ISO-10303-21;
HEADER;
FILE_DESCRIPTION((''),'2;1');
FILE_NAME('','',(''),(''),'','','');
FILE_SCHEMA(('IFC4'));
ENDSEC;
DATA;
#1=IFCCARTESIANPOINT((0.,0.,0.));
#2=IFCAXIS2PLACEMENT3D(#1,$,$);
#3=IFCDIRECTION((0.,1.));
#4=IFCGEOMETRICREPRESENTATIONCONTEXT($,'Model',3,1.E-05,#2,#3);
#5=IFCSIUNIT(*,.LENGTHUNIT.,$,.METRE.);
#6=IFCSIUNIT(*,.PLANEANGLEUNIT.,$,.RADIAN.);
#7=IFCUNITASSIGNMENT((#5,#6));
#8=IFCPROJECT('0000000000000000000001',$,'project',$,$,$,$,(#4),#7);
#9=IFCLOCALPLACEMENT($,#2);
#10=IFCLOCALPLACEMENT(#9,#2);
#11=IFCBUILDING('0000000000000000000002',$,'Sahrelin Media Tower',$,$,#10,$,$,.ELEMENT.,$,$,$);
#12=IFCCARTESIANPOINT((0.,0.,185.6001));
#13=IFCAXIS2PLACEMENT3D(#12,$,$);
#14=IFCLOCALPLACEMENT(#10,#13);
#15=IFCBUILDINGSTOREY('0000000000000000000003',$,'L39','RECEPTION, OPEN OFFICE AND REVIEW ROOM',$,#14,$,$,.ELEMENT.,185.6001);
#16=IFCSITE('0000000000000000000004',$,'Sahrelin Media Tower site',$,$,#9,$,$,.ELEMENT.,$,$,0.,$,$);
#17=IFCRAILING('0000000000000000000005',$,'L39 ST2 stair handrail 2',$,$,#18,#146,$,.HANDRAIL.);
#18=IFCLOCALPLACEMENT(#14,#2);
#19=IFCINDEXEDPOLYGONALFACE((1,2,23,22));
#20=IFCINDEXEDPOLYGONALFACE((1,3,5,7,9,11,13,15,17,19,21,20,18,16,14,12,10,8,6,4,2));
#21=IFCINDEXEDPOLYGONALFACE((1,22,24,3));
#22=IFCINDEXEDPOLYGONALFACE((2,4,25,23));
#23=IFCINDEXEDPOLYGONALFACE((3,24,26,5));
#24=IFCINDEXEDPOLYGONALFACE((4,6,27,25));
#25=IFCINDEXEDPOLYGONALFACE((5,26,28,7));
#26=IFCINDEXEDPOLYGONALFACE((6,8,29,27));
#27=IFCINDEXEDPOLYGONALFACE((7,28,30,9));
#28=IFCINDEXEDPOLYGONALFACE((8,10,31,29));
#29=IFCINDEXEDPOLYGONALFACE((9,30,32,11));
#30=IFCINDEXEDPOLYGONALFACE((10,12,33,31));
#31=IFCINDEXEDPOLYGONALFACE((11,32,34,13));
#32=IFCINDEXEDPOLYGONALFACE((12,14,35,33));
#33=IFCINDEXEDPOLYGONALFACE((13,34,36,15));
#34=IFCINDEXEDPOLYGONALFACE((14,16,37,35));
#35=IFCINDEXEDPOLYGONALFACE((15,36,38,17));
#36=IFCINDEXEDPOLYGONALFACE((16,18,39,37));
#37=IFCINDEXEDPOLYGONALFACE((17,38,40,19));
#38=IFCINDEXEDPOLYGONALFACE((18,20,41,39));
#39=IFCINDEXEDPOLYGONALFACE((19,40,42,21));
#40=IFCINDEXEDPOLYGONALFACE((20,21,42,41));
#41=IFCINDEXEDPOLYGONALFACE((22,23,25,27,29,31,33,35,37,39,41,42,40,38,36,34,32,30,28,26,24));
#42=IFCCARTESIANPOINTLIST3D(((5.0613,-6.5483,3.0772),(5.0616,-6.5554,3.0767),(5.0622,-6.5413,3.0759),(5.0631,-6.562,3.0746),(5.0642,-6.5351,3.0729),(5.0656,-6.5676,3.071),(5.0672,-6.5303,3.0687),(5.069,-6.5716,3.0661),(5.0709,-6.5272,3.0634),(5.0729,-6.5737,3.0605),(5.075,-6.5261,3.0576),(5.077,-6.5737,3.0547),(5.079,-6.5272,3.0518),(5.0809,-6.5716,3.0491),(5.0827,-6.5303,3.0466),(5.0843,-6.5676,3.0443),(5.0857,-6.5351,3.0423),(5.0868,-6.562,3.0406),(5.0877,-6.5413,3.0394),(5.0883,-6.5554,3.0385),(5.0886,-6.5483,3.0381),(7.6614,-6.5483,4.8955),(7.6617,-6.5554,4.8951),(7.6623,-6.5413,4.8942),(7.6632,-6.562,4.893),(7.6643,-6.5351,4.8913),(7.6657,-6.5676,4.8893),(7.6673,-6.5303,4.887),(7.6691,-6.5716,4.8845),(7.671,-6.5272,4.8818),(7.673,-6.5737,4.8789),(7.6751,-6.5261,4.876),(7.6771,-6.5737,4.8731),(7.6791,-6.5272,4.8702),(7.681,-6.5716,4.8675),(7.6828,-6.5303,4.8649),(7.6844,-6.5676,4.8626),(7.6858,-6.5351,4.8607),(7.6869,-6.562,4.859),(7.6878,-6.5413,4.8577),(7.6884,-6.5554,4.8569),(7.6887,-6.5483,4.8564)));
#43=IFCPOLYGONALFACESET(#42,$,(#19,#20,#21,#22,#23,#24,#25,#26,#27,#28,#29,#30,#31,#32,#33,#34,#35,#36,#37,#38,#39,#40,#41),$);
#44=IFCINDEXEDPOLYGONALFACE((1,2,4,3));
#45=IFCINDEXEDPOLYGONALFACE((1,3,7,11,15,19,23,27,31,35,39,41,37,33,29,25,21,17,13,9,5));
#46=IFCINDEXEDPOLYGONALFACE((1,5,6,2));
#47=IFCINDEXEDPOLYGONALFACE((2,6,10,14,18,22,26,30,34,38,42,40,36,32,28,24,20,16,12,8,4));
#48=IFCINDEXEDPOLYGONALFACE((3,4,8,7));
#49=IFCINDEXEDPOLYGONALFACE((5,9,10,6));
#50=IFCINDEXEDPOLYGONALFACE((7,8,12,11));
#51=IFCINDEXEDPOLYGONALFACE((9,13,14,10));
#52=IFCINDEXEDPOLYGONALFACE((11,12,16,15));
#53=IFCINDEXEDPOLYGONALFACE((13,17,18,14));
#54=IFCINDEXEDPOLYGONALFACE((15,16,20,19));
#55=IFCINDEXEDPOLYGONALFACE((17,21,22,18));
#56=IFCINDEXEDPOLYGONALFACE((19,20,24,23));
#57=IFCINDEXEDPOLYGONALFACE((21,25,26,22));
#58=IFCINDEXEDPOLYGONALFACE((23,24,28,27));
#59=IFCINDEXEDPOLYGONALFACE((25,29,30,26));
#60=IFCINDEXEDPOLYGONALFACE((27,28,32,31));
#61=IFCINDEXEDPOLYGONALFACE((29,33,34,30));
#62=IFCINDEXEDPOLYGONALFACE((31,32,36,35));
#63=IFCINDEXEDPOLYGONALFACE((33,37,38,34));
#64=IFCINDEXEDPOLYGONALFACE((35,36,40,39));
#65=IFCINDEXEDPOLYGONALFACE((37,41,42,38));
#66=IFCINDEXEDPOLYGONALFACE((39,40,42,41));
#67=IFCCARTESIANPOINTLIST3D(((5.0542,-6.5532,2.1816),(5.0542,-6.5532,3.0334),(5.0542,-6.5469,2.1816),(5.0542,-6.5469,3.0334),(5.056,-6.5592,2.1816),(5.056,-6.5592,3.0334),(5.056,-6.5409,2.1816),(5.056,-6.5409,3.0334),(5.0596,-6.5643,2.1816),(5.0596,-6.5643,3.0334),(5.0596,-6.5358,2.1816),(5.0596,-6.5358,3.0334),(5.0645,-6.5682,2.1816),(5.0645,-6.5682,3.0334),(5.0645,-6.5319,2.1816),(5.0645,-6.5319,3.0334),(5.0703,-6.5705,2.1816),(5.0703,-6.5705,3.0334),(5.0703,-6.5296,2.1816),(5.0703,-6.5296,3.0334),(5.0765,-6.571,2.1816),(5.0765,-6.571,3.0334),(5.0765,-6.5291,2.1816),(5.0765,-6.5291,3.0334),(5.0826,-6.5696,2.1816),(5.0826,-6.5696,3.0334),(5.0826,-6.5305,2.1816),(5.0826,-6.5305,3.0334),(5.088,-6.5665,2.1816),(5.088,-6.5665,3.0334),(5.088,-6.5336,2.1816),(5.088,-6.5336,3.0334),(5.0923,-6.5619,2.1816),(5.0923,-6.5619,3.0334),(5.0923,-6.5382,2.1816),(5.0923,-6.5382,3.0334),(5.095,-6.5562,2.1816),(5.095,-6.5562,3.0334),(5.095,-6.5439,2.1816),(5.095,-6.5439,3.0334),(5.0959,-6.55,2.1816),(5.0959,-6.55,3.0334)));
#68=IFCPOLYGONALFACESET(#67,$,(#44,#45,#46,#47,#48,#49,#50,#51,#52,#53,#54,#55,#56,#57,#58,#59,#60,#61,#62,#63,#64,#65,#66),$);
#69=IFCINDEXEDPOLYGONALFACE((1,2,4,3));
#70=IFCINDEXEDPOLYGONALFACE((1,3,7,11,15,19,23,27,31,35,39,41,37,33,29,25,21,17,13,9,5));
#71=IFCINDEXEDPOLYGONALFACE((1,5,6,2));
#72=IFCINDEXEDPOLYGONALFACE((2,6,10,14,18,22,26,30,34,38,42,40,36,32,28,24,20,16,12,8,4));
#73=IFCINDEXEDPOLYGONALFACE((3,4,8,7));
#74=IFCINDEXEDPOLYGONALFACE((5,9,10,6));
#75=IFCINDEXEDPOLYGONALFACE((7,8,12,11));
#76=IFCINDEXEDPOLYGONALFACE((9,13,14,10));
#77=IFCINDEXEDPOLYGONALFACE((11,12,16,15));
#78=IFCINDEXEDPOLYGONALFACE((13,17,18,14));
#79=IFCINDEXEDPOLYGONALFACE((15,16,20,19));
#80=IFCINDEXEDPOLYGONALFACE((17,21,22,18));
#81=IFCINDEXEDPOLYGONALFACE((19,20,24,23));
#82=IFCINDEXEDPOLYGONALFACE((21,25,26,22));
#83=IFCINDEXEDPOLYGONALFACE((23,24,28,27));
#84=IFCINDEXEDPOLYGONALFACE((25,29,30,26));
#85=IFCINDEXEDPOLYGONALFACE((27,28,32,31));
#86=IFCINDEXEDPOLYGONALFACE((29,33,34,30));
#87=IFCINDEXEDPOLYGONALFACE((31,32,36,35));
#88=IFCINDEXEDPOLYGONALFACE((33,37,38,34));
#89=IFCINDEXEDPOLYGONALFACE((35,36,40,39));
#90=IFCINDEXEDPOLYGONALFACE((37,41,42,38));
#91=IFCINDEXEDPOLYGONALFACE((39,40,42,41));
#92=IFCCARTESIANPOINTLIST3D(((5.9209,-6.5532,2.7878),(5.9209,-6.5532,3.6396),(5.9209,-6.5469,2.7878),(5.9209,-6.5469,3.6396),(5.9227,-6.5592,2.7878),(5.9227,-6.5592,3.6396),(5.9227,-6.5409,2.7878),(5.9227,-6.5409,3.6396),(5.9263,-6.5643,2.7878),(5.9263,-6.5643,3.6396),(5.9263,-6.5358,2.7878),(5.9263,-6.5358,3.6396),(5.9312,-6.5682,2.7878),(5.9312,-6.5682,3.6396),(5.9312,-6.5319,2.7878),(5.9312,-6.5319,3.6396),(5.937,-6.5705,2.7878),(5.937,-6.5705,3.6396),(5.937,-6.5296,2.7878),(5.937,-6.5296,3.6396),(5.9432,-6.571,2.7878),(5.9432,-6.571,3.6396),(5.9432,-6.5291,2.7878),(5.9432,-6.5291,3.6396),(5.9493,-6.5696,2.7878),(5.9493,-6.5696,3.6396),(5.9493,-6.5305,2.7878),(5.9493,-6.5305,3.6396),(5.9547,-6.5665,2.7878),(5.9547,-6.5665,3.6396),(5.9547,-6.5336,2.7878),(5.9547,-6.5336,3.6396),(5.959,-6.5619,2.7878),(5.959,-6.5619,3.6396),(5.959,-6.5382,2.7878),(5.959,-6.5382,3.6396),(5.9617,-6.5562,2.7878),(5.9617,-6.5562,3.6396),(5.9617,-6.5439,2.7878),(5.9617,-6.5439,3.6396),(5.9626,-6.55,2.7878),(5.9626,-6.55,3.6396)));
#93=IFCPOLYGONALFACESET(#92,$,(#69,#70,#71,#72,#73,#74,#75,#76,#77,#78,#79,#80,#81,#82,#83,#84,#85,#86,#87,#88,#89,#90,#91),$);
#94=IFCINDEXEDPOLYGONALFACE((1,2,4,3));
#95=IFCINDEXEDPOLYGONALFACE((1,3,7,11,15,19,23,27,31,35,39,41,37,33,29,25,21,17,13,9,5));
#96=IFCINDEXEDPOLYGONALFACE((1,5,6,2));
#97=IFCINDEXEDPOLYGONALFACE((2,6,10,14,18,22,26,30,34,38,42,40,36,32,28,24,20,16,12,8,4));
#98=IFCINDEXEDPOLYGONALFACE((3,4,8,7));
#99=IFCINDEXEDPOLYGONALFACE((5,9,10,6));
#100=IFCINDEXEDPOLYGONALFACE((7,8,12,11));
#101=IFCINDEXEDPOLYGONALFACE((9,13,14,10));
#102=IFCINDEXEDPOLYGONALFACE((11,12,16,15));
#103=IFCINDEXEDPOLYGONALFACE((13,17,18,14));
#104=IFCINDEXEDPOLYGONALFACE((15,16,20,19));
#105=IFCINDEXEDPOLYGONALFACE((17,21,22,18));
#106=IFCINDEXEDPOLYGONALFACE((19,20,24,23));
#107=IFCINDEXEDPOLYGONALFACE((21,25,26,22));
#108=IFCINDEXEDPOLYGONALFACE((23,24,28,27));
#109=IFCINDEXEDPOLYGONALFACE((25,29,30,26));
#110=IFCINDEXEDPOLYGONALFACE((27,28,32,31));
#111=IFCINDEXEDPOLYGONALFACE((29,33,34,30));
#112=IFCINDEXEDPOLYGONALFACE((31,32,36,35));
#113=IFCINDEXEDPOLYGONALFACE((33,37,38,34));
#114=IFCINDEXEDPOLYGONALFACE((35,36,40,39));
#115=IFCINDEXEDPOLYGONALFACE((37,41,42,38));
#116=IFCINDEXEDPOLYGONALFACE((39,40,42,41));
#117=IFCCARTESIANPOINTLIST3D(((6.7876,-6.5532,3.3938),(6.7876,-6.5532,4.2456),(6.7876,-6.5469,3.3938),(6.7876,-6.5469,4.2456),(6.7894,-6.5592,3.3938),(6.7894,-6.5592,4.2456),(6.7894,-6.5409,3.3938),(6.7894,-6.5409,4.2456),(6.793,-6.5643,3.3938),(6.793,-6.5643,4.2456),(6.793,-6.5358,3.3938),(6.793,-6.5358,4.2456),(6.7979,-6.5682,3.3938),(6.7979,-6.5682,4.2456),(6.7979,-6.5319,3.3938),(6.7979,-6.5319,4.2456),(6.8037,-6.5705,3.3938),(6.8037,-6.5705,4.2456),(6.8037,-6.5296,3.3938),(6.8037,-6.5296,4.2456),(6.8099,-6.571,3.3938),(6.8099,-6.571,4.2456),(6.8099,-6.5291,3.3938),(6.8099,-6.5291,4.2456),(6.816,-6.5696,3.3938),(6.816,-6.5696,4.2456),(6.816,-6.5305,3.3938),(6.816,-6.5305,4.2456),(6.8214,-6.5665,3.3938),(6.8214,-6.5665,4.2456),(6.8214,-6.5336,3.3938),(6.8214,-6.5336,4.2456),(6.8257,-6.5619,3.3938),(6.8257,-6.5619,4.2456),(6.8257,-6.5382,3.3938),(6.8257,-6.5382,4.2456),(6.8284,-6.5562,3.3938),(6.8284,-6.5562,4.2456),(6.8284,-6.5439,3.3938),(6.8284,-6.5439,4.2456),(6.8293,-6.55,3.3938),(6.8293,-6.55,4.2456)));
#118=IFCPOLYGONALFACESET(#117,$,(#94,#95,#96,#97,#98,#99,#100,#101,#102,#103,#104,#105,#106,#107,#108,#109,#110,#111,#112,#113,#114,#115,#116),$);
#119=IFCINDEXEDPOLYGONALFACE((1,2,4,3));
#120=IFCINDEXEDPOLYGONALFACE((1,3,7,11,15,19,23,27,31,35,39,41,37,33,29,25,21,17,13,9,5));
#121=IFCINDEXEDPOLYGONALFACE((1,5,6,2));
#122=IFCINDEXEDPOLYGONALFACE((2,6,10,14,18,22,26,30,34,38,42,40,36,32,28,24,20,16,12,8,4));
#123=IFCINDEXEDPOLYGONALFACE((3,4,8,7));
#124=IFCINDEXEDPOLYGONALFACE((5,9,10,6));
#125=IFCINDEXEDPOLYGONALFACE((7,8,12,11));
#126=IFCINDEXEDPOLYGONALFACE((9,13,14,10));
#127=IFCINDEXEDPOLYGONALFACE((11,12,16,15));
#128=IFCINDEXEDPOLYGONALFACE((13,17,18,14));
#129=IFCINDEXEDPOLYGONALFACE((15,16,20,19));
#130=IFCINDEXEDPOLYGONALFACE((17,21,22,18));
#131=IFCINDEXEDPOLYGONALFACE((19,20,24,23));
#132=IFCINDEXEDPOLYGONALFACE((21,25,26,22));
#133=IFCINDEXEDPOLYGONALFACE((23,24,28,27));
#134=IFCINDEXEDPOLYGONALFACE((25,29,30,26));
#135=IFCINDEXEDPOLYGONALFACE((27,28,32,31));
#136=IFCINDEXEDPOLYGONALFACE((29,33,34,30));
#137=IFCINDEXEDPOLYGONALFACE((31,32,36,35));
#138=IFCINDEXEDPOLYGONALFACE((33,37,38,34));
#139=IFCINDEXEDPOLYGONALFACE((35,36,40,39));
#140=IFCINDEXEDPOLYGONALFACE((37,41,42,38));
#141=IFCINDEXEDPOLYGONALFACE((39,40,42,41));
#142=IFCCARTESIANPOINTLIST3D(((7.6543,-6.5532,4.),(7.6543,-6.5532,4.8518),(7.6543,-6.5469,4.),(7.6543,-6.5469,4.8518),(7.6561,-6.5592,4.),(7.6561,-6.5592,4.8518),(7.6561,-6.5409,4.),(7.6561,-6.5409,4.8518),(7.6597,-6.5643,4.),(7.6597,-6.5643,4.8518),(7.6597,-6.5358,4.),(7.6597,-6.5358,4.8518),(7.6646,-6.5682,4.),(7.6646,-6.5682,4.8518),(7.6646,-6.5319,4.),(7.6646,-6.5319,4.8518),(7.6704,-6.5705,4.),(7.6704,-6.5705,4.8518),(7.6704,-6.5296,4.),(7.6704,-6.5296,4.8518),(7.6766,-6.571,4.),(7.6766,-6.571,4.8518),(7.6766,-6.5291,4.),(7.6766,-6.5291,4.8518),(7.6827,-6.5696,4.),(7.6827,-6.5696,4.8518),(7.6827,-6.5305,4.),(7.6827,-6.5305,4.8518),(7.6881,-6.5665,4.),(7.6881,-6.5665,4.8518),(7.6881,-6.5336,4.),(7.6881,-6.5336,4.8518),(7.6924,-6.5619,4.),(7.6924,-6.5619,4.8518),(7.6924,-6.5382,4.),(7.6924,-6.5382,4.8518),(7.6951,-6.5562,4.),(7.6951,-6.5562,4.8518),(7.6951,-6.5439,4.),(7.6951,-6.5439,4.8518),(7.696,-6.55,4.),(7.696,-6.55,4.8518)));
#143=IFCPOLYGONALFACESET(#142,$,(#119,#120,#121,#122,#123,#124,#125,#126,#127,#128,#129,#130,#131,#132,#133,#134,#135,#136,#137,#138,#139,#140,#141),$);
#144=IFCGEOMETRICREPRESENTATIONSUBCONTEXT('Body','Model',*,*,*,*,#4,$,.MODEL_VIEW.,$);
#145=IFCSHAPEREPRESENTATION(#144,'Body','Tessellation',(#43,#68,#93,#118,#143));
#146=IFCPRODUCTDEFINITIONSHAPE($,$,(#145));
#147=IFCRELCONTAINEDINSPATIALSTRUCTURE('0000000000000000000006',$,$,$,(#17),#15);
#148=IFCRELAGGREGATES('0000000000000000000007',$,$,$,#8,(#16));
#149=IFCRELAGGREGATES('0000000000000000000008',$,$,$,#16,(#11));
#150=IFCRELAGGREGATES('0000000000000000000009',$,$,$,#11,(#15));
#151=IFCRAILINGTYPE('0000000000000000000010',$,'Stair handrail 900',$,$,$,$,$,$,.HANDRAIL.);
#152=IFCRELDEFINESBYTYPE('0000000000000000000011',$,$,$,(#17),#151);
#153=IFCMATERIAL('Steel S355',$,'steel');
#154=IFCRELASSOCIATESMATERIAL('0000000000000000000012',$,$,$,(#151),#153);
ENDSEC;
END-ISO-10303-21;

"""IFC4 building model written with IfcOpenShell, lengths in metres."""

from ifc_helpers import new_model, si_unit, direction, frame, origin, origin_2d, place, context, subcontext, project, spatial, circle, extrude, material, type_object, element, save


model = new_model("IFC4")

# Units and contexts
model_context = context("Model", 3, precision=1e-05, world=origin(), true_north=direction((0.0, 1.0)))
body_context = subcontext(model_context, "Body", "Model", "MODEL_VIEW")
ifc_project = project(units=[si_unit("LENGTHUNIT", "METRE"), si_unit("PLANEANGLEUNIT", "RADIAN")], contexts=[model_context])

# Site, building, storey
site_placement = place(None, origin())
site = spatial("IfcSite", under=ifc_project, at=site_placement, Name="Sahrelin Media Tower site", CompositionType="ELEMENT", RefElevation=0.0)
building_placement = place(site_placement, origin())
building = spatial("IfcBuilding", under=site, at=building_placement, Name="Sahrelin Media Tower", CompositionType="ELEMENT")
storey_placement = place(building_placement, frame((0.0, 0.0, 185.6001)))
storey = spatial("IfcBuildingStorey", under=building, at=storey_placement, Name="L39", Description="RECEPTION, OPEN OFFICE AND REVIEW ROOM", CompositionType="ELEMENT", Elevation=185.6001)

# Shared definitions
ifc_material_1 = material(Name="Steel S355", Category="steel")

# Railing
railing_type_1 = type_object("IfcRailingType", Name="Stair handrail 900", PredefinedType="HANDRAIL", material=ifc_material_1)
railing_1_placement = place(storey_placement, frame((5.075, -6.55, 2.1816)))
element("IfcRailing", 1, at=railing_1_placement, inside=storey, type_object=railing_type_1, Name="L39 ST2 stair handrail 2", PredefinedType="HANDRAIL", context=body_context, shape_type="SweptSolid", body=[
    extrude(circle(Radius=0.0239, at=origin_2d()), frame((0.0, 0.0, 0.876), z_axis=(0.819485, 0.0, 0.573101), x_axis=(0.0, 1.0, 0.0)), (0.0, 0.0, 1.0), 3.1729),
    extrude(circle(Radius=0.021, at=origin_2d()), origin(), (0.0, 0.0, 1.0), 0.8518),
    extrude(circle(Radius=0.021, at=origin_2d()), frame((0.8667, 0.0, 0.6062)), (0.0, 0.0, 1.0), 0.8518),
    extrude(circle(Radius=0.021, at=origin_2d()), frame((1.7334, 0.0, 1.2122)), (0.0, 0.0, 1.0), 0.8518),
    extrude(circle(Radius=0.021, at=origin_2d()), frame((2.6001, 0.0, 1.8184)), (0.0, 0.0, 1.0), 0.8518),
])

save(model, "model.ifc")
